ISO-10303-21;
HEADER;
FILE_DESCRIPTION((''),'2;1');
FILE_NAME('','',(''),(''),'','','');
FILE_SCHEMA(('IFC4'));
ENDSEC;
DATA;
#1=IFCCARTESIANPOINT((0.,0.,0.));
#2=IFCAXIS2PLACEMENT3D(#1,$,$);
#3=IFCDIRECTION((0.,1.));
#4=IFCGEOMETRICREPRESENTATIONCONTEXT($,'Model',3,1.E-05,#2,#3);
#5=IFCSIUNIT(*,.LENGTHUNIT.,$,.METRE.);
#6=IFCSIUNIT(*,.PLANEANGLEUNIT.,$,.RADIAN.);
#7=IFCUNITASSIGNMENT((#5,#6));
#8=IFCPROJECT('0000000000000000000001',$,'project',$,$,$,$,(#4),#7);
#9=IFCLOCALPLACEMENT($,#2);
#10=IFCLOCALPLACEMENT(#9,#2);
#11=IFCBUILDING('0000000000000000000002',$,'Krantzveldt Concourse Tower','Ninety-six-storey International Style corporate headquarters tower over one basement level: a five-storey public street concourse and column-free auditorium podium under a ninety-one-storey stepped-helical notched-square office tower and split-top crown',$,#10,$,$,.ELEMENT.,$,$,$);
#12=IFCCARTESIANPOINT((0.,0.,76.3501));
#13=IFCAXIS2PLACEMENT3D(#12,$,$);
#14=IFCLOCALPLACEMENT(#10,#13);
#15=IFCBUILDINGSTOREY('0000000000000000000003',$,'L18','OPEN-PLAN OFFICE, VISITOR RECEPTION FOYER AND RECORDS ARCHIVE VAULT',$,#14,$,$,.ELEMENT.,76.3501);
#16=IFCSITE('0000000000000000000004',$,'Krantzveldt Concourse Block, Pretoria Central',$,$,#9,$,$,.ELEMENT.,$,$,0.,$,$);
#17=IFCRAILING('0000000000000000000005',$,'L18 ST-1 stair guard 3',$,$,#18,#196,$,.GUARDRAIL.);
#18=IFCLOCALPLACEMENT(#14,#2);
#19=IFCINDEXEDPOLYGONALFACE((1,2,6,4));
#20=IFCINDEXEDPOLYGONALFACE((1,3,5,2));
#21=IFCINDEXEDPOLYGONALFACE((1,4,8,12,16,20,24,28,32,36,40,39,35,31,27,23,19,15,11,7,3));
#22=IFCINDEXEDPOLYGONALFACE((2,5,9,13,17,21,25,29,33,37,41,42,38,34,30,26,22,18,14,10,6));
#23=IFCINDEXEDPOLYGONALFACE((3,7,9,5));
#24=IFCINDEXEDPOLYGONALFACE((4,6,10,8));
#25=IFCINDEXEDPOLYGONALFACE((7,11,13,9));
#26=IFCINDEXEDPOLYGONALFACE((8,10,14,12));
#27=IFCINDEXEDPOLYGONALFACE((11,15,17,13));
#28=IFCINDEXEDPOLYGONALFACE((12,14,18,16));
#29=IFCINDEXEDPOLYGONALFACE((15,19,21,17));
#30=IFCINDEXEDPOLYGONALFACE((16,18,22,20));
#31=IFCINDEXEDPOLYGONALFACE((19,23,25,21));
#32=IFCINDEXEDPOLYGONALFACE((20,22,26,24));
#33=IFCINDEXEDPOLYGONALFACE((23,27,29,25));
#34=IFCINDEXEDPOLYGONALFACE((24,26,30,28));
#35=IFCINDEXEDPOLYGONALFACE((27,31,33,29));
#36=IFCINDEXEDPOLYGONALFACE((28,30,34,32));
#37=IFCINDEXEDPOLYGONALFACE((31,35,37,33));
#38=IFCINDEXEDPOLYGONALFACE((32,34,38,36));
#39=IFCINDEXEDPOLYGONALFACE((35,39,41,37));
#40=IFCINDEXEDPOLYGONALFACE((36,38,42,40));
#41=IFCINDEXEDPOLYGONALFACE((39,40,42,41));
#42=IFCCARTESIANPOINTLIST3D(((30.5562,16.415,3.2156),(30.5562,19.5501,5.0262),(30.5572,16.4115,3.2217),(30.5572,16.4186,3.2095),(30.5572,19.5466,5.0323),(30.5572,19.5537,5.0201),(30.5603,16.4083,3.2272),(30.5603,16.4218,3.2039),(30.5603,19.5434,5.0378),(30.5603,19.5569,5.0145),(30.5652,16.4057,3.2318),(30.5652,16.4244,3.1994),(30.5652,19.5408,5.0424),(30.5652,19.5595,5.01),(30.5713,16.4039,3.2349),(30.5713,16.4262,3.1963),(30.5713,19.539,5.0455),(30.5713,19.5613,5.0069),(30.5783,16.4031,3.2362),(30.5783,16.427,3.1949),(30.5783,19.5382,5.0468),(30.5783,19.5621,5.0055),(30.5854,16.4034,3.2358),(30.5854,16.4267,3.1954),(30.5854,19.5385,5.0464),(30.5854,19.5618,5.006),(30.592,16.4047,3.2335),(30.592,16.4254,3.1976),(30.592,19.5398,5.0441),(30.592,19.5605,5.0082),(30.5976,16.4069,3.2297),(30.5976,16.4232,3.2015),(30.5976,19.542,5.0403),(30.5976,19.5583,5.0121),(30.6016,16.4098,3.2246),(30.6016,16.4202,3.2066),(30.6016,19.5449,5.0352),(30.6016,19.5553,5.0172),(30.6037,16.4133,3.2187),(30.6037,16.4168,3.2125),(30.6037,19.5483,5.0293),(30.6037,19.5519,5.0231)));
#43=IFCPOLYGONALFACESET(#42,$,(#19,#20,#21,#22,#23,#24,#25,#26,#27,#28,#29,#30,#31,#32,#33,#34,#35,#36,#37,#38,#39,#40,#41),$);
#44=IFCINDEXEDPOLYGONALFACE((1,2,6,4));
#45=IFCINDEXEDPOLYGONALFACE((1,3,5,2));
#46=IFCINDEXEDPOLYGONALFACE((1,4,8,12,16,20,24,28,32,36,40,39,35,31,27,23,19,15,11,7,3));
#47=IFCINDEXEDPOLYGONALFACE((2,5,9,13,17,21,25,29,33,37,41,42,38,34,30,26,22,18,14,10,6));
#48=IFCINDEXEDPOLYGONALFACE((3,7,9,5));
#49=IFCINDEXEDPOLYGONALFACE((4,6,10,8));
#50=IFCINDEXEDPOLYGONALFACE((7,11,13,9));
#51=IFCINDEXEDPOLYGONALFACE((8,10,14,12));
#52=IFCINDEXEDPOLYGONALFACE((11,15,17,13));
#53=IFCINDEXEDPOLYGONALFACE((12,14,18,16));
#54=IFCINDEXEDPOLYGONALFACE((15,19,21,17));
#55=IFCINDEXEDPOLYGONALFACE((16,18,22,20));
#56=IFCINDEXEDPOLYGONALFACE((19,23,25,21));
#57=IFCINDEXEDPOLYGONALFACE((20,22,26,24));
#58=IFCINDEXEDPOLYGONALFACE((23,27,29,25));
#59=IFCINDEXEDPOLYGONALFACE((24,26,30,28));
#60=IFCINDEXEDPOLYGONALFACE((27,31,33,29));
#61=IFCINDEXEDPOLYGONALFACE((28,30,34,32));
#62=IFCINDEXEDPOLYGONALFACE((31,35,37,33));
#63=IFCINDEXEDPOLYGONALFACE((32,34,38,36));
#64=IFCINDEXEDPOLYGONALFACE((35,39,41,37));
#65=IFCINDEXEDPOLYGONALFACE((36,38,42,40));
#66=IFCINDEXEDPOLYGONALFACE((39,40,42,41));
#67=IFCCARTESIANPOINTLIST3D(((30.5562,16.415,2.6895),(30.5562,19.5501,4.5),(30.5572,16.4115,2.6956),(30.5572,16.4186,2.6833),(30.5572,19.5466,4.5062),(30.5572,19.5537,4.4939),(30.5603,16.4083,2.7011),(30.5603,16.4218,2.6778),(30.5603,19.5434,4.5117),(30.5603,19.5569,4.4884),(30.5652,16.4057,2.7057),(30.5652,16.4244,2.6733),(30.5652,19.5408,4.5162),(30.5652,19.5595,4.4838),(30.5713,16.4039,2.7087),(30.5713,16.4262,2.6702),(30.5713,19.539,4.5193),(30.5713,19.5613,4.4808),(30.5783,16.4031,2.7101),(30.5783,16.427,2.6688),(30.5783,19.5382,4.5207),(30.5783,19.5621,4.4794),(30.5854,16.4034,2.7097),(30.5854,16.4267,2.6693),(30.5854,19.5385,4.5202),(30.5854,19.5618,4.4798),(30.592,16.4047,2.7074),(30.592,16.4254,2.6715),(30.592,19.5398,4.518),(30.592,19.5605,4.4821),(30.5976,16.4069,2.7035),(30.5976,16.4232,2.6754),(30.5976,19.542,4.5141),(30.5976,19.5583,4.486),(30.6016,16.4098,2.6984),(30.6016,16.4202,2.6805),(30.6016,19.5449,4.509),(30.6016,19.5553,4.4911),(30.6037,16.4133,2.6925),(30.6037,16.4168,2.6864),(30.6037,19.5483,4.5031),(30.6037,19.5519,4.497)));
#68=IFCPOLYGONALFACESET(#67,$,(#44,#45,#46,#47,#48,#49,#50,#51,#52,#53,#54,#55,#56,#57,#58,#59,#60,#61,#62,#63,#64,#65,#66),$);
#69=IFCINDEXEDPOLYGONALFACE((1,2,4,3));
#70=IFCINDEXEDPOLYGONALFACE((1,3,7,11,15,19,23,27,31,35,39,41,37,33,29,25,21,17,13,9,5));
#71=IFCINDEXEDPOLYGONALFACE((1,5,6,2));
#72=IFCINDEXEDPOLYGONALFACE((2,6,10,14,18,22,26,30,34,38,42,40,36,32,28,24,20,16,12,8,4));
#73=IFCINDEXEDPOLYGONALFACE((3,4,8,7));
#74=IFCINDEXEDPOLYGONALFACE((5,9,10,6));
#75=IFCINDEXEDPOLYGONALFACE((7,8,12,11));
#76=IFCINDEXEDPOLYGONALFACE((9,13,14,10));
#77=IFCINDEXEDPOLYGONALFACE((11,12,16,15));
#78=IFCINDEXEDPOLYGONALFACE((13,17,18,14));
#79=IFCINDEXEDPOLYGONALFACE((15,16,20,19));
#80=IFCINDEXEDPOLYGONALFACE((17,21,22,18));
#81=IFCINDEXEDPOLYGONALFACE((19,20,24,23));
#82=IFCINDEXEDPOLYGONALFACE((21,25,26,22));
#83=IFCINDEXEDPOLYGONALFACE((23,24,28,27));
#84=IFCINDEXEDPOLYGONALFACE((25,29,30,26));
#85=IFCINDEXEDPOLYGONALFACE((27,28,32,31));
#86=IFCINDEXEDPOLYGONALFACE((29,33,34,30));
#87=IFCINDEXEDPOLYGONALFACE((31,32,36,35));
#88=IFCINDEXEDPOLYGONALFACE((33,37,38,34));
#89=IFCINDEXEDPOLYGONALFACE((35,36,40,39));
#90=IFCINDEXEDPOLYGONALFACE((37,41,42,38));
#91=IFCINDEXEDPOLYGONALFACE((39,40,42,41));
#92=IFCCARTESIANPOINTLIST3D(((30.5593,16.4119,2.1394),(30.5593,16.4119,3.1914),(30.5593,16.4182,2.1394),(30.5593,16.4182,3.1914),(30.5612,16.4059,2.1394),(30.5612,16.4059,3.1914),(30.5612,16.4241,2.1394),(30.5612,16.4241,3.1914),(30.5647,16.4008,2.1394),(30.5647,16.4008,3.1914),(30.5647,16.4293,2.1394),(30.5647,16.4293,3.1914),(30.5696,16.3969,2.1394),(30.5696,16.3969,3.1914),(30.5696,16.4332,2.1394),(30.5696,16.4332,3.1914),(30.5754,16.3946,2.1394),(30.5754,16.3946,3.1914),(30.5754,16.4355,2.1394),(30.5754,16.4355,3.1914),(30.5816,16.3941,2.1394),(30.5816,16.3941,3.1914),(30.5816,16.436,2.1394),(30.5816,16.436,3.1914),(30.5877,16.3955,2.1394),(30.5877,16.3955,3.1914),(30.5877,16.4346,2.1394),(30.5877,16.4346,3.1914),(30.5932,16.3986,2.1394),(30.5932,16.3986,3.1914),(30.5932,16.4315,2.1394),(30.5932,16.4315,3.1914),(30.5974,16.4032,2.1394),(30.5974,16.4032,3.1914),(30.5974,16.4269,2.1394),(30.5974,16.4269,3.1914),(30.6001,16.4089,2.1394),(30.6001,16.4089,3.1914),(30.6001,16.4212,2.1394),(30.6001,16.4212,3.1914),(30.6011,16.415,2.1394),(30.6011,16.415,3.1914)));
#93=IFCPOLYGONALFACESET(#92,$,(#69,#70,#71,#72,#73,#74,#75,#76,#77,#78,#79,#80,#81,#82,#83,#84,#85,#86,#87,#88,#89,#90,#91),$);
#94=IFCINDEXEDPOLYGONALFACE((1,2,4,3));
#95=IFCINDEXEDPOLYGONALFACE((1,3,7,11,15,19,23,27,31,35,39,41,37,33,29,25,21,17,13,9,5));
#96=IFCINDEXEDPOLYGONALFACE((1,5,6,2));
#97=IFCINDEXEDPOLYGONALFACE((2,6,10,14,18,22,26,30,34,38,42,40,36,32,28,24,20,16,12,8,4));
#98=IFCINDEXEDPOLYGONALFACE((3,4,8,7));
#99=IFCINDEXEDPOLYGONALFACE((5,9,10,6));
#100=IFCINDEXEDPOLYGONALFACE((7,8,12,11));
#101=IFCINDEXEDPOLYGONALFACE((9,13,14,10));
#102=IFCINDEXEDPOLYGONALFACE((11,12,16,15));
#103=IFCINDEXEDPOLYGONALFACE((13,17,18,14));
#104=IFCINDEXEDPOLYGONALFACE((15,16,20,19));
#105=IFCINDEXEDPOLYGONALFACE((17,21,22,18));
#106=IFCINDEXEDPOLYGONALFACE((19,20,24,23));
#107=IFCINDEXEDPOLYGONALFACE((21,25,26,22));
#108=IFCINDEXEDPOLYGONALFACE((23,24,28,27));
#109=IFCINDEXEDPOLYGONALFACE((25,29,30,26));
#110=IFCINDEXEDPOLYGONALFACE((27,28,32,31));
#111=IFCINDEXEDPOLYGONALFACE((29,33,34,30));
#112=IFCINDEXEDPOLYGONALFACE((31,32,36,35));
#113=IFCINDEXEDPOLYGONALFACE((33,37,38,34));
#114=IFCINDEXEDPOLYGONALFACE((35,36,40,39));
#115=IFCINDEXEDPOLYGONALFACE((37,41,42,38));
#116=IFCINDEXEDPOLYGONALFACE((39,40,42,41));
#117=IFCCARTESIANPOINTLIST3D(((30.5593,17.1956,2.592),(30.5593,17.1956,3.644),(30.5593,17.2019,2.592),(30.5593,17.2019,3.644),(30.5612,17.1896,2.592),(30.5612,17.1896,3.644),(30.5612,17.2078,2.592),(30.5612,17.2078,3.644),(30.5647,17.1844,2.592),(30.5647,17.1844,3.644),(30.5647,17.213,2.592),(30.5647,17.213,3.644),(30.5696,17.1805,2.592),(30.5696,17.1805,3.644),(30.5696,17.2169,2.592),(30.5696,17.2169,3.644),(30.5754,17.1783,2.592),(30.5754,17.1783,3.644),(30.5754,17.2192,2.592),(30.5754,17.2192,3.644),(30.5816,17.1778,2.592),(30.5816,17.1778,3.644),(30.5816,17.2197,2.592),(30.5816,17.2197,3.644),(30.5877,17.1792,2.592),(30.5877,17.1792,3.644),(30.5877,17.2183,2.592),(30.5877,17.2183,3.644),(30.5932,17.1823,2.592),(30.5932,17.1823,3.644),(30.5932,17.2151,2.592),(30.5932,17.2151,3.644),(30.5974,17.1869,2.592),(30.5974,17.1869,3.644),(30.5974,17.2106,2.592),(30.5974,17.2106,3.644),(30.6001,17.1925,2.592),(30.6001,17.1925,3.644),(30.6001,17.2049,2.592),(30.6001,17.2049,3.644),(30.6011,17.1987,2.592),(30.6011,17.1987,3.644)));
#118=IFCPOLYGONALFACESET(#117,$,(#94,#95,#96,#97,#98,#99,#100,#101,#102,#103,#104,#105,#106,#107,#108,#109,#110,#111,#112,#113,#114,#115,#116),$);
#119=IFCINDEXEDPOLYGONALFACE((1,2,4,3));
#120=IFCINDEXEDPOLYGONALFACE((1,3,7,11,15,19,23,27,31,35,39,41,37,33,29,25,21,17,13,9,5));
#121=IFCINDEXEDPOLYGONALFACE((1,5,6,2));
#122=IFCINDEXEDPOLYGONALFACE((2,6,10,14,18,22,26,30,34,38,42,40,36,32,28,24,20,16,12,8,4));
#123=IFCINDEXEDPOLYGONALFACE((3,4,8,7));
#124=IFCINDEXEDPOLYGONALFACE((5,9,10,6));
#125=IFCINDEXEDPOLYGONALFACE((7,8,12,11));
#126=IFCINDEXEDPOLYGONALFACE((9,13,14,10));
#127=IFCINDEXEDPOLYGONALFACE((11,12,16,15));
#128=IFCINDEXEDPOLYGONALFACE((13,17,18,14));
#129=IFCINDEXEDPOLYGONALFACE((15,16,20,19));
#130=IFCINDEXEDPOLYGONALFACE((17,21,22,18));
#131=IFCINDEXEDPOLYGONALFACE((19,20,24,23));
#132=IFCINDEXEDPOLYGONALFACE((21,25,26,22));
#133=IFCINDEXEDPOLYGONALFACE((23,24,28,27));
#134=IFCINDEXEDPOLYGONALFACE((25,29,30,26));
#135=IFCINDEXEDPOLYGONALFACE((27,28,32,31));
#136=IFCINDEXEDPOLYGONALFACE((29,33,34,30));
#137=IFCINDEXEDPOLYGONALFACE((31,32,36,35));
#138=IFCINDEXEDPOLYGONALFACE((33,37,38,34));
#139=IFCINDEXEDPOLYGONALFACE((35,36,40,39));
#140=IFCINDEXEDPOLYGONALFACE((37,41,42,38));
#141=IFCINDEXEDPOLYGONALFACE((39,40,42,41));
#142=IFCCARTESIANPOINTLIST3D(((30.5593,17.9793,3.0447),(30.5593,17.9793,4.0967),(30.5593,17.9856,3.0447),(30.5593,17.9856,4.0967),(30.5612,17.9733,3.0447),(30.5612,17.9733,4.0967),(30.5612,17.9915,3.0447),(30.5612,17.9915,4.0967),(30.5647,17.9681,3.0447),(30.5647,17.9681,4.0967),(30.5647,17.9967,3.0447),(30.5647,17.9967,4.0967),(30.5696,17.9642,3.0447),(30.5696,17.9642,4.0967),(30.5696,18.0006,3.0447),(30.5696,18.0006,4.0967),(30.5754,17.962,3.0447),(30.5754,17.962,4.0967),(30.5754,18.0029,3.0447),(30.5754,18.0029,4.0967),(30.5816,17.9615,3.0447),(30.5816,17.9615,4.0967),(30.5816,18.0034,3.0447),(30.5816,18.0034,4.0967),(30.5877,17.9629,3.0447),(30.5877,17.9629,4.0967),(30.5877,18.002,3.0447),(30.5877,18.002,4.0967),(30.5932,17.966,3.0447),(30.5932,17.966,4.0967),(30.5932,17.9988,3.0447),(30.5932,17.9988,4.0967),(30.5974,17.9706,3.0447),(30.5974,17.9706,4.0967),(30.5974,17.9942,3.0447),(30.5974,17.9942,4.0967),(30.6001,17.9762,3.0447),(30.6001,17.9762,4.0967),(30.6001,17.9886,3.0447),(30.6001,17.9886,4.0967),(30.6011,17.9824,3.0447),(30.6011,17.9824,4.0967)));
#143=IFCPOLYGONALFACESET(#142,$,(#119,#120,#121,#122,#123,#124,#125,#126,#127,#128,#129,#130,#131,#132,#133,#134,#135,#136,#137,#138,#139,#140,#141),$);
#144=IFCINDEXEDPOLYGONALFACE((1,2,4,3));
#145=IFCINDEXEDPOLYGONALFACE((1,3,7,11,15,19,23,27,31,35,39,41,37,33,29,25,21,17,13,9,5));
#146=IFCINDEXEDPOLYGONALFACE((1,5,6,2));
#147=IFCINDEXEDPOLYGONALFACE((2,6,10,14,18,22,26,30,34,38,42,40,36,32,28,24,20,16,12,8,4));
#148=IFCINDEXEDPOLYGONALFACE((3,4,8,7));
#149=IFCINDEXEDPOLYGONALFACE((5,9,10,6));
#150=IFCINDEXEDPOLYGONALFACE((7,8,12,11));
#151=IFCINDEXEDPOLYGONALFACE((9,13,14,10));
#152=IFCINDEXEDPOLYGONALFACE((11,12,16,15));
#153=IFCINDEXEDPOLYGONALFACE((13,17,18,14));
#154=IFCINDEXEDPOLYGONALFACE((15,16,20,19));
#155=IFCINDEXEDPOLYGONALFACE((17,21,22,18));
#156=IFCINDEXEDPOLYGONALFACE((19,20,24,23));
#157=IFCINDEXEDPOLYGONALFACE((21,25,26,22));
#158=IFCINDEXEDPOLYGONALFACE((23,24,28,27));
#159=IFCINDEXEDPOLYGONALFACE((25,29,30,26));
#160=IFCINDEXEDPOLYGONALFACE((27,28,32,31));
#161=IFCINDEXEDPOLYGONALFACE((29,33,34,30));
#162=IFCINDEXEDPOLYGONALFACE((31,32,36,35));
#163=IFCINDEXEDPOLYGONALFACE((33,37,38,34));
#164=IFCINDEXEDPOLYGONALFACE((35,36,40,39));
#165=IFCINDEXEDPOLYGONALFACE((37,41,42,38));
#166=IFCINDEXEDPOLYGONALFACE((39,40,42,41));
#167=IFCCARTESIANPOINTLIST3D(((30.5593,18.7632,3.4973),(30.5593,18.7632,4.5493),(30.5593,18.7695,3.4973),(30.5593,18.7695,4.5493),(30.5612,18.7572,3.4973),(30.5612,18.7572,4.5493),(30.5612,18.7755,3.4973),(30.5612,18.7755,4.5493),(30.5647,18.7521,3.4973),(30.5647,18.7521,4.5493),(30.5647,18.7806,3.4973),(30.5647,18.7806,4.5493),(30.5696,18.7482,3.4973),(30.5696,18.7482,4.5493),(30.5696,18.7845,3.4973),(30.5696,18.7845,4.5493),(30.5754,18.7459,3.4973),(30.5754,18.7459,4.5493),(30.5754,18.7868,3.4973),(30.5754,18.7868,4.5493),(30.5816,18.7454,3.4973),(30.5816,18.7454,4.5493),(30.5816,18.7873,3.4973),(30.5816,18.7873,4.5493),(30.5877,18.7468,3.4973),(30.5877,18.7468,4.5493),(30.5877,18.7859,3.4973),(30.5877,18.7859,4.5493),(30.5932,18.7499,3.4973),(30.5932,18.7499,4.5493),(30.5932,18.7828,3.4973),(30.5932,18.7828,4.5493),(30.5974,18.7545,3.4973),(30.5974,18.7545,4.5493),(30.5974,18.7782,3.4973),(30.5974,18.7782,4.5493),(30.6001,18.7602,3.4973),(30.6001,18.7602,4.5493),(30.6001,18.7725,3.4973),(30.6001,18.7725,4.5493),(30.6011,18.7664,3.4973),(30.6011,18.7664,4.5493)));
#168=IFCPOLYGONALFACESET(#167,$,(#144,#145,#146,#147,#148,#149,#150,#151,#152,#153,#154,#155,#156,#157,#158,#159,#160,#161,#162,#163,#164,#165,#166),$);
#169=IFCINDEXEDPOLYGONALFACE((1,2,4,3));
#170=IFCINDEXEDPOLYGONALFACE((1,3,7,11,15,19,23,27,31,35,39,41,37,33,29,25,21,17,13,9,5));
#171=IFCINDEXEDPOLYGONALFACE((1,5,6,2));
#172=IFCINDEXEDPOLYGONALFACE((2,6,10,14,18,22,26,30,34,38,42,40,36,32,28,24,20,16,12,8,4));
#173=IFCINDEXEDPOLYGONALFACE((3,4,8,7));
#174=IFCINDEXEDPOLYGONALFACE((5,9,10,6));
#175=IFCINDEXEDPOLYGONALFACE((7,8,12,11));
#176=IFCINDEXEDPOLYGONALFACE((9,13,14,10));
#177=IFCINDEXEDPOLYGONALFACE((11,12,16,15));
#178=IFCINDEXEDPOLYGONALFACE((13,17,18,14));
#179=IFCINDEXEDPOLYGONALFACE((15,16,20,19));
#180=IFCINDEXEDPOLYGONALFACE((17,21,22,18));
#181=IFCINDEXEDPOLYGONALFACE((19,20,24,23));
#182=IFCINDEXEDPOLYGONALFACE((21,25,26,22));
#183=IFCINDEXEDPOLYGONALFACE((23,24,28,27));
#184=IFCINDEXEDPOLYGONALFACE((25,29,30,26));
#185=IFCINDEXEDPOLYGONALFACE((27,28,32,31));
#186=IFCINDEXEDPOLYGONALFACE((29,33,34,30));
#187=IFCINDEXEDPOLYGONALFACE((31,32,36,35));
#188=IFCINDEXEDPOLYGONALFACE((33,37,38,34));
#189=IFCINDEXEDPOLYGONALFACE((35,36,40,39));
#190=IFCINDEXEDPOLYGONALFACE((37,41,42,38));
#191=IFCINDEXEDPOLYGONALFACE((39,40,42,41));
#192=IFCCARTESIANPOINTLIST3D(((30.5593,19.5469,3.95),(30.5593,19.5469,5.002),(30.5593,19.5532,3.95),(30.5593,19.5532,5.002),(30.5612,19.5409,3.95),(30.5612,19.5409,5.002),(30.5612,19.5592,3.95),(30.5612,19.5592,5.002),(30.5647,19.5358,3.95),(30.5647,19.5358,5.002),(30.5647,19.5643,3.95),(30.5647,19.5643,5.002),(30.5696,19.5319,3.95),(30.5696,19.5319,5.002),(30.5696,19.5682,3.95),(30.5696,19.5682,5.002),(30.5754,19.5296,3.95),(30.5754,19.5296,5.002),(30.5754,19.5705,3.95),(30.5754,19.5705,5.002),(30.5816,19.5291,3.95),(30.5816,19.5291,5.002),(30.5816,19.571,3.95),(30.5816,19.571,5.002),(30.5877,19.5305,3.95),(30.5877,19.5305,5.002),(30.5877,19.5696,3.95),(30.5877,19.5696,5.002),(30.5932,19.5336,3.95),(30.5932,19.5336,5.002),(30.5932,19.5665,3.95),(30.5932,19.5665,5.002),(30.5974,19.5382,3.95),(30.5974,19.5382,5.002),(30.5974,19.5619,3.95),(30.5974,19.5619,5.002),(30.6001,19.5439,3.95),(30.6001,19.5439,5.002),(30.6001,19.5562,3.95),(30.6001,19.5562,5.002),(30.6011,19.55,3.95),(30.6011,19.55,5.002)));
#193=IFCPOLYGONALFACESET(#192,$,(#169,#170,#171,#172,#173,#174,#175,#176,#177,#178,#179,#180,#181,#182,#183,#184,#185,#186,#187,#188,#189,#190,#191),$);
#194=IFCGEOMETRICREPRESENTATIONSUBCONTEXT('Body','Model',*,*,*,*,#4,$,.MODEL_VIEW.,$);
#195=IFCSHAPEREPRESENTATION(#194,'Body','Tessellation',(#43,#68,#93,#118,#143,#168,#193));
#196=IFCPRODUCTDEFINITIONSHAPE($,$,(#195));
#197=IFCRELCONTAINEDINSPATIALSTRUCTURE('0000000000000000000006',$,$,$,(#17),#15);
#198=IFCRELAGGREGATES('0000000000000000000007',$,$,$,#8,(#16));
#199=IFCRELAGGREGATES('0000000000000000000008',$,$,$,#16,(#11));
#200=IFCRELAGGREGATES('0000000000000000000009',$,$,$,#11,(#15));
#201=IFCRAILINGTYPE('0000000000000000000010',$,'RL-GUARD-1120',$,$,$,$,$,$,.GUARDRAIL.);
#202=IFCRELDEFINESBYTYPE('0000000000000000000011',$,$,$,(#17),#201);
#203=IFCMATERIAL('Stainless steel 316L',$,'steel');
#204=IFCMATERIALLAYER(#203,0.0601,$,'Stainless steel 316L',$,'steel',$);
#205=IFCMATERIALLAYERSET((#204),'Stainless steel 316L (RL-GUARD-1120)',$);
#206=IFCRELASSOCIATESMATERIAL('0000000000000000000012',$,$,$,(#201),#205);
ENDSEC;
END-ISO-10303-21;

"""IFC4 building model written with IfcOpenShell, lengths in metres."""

from ifc_helpers import new_model, si_unit, direction, frame, origin, origin_2d, place, context, subcontext, project, spatial, circle, extrude, material, layer, layer_set, type_object, element, save


model = new_model("IFC4")

# Units and contexts
model_context = context("Model", 3, precision=1e-05, world=origin(), true_north=direction((0.0, 1.0)))
body_context = subcontext(model_context, "Body", "Model", "MODEL_VIEW")
ifc_project = project(units=[si_unit("LENGTHUNIT", "METRE"), si_unit("PLANEANGLEUNIT", "RADIAN")], contexts=[model_context])

# Site, building, storey
site_placement = place(None, origin())
site = spatial("IfcSite", under=ifc_project, at=site_placement, Name="Krantzveldt Concourse Block, Pretoria Central", CompositionType="ELEMENT", RefElevation=0.0)
building_placement = place(site_placement, origin())
building = spatial("IfcBuilding", under=site, at=building_placement, Name="Krantzveldt Concourse Tower", Description="Ninety-six-storey International Style corporate headquarters tower over one basement level: a five-storey public street concourse and column-free auditorium podium under a ninety-one-storey stepped-helical notched-square office tower and split-top crown", CompositionType="ELEMENT")
storey_placement = place(building_placement, frame((0.0, 0.0, 76.3501)))
storey = spatial("IfcBuildingStorey", under=building, at=storey_placement, Name="L18", Description="OPEN-PLAN OFFICE, VISITOR RECEPTION FOYER AND RECORDS ARCHIVE VAULT", CompositionType="ELEMENT", Elevation=76.3501)

# Railing
ifc_material_1 = material(Name="Stainless steel 316L", Category="steel")
ifc_layer_1 = layer(ifc_material_1, 0.0601, Name="Stainless steel 316L", Category="steel")
ifc_layer_set_1 = layer_set([ifc_layer_1], Name="Stainless steel 316L (RL-GUARD-1120)")
railing_type_1 = type_object("IfcRailingType", Name="RL-GUARD-1120", PredefinedType="GUARDRAIL", material=ifc_layer_set_1)
railing_1_placement = place(storey_placement, frame((30.5801, 16.415, 2.1394)))
element("IfcRailing", 1, at=railing_1_placement, inside=storey, type_object=railing_type_1, Name="L18 ST-1 stair guard 3", PredefinedType="GUARDRAIL", context=body_context, shape_type="SweptSolid", body=[
    extrude(circle(Radius=0.0239, at=origin_2d()), frame((0.0, 0.0, 1.0762), z_axis=(0.0, 0.86596, 0.500114), x_axis=(-1.0, 0.0, 0.0)), (0.0, 0.0, 1.0), 3.6204),
    extrude(circle(Radius=0.0239, at=origin_2d()), frame((0.0, 0.0, 0.55), z_axis=(0.0, 0.86596, 0.500114), x_axis=(-1.0, 0.0, 0.0)), (0.0, 0.0, 1.0), 3.6204),
    extrude(circle(Radius=0.021, at=origin_2d()), origin(), (0.0, 0.0, 1.0), 1.052),
    extrude(circle(Radius=0.021, at=origin_2d()), frame((0.0, 0.7837, 0.4526)), (0.0, 0.0, 1.0), 1.052),
    extrude(circle(Radius=0.021, at=origin_2d()), frame((0.0, 1.5674, 0.9053)), (0.0, 0.0, 1.0), 1.052),
    extrude(circle(Radius=0.021, at=origin_2d()), frame((0.0, 2.3513, 1.3579)), (0.0, 0.0, 1.0), 1.052),
    extrude(circle(Radius=0.021, at=origin_2d()), frame((0.0, 3.135, 1.8105)), (0.0, 0.0, 1.0), 1.052),
])

save(model, "model.ifc")
